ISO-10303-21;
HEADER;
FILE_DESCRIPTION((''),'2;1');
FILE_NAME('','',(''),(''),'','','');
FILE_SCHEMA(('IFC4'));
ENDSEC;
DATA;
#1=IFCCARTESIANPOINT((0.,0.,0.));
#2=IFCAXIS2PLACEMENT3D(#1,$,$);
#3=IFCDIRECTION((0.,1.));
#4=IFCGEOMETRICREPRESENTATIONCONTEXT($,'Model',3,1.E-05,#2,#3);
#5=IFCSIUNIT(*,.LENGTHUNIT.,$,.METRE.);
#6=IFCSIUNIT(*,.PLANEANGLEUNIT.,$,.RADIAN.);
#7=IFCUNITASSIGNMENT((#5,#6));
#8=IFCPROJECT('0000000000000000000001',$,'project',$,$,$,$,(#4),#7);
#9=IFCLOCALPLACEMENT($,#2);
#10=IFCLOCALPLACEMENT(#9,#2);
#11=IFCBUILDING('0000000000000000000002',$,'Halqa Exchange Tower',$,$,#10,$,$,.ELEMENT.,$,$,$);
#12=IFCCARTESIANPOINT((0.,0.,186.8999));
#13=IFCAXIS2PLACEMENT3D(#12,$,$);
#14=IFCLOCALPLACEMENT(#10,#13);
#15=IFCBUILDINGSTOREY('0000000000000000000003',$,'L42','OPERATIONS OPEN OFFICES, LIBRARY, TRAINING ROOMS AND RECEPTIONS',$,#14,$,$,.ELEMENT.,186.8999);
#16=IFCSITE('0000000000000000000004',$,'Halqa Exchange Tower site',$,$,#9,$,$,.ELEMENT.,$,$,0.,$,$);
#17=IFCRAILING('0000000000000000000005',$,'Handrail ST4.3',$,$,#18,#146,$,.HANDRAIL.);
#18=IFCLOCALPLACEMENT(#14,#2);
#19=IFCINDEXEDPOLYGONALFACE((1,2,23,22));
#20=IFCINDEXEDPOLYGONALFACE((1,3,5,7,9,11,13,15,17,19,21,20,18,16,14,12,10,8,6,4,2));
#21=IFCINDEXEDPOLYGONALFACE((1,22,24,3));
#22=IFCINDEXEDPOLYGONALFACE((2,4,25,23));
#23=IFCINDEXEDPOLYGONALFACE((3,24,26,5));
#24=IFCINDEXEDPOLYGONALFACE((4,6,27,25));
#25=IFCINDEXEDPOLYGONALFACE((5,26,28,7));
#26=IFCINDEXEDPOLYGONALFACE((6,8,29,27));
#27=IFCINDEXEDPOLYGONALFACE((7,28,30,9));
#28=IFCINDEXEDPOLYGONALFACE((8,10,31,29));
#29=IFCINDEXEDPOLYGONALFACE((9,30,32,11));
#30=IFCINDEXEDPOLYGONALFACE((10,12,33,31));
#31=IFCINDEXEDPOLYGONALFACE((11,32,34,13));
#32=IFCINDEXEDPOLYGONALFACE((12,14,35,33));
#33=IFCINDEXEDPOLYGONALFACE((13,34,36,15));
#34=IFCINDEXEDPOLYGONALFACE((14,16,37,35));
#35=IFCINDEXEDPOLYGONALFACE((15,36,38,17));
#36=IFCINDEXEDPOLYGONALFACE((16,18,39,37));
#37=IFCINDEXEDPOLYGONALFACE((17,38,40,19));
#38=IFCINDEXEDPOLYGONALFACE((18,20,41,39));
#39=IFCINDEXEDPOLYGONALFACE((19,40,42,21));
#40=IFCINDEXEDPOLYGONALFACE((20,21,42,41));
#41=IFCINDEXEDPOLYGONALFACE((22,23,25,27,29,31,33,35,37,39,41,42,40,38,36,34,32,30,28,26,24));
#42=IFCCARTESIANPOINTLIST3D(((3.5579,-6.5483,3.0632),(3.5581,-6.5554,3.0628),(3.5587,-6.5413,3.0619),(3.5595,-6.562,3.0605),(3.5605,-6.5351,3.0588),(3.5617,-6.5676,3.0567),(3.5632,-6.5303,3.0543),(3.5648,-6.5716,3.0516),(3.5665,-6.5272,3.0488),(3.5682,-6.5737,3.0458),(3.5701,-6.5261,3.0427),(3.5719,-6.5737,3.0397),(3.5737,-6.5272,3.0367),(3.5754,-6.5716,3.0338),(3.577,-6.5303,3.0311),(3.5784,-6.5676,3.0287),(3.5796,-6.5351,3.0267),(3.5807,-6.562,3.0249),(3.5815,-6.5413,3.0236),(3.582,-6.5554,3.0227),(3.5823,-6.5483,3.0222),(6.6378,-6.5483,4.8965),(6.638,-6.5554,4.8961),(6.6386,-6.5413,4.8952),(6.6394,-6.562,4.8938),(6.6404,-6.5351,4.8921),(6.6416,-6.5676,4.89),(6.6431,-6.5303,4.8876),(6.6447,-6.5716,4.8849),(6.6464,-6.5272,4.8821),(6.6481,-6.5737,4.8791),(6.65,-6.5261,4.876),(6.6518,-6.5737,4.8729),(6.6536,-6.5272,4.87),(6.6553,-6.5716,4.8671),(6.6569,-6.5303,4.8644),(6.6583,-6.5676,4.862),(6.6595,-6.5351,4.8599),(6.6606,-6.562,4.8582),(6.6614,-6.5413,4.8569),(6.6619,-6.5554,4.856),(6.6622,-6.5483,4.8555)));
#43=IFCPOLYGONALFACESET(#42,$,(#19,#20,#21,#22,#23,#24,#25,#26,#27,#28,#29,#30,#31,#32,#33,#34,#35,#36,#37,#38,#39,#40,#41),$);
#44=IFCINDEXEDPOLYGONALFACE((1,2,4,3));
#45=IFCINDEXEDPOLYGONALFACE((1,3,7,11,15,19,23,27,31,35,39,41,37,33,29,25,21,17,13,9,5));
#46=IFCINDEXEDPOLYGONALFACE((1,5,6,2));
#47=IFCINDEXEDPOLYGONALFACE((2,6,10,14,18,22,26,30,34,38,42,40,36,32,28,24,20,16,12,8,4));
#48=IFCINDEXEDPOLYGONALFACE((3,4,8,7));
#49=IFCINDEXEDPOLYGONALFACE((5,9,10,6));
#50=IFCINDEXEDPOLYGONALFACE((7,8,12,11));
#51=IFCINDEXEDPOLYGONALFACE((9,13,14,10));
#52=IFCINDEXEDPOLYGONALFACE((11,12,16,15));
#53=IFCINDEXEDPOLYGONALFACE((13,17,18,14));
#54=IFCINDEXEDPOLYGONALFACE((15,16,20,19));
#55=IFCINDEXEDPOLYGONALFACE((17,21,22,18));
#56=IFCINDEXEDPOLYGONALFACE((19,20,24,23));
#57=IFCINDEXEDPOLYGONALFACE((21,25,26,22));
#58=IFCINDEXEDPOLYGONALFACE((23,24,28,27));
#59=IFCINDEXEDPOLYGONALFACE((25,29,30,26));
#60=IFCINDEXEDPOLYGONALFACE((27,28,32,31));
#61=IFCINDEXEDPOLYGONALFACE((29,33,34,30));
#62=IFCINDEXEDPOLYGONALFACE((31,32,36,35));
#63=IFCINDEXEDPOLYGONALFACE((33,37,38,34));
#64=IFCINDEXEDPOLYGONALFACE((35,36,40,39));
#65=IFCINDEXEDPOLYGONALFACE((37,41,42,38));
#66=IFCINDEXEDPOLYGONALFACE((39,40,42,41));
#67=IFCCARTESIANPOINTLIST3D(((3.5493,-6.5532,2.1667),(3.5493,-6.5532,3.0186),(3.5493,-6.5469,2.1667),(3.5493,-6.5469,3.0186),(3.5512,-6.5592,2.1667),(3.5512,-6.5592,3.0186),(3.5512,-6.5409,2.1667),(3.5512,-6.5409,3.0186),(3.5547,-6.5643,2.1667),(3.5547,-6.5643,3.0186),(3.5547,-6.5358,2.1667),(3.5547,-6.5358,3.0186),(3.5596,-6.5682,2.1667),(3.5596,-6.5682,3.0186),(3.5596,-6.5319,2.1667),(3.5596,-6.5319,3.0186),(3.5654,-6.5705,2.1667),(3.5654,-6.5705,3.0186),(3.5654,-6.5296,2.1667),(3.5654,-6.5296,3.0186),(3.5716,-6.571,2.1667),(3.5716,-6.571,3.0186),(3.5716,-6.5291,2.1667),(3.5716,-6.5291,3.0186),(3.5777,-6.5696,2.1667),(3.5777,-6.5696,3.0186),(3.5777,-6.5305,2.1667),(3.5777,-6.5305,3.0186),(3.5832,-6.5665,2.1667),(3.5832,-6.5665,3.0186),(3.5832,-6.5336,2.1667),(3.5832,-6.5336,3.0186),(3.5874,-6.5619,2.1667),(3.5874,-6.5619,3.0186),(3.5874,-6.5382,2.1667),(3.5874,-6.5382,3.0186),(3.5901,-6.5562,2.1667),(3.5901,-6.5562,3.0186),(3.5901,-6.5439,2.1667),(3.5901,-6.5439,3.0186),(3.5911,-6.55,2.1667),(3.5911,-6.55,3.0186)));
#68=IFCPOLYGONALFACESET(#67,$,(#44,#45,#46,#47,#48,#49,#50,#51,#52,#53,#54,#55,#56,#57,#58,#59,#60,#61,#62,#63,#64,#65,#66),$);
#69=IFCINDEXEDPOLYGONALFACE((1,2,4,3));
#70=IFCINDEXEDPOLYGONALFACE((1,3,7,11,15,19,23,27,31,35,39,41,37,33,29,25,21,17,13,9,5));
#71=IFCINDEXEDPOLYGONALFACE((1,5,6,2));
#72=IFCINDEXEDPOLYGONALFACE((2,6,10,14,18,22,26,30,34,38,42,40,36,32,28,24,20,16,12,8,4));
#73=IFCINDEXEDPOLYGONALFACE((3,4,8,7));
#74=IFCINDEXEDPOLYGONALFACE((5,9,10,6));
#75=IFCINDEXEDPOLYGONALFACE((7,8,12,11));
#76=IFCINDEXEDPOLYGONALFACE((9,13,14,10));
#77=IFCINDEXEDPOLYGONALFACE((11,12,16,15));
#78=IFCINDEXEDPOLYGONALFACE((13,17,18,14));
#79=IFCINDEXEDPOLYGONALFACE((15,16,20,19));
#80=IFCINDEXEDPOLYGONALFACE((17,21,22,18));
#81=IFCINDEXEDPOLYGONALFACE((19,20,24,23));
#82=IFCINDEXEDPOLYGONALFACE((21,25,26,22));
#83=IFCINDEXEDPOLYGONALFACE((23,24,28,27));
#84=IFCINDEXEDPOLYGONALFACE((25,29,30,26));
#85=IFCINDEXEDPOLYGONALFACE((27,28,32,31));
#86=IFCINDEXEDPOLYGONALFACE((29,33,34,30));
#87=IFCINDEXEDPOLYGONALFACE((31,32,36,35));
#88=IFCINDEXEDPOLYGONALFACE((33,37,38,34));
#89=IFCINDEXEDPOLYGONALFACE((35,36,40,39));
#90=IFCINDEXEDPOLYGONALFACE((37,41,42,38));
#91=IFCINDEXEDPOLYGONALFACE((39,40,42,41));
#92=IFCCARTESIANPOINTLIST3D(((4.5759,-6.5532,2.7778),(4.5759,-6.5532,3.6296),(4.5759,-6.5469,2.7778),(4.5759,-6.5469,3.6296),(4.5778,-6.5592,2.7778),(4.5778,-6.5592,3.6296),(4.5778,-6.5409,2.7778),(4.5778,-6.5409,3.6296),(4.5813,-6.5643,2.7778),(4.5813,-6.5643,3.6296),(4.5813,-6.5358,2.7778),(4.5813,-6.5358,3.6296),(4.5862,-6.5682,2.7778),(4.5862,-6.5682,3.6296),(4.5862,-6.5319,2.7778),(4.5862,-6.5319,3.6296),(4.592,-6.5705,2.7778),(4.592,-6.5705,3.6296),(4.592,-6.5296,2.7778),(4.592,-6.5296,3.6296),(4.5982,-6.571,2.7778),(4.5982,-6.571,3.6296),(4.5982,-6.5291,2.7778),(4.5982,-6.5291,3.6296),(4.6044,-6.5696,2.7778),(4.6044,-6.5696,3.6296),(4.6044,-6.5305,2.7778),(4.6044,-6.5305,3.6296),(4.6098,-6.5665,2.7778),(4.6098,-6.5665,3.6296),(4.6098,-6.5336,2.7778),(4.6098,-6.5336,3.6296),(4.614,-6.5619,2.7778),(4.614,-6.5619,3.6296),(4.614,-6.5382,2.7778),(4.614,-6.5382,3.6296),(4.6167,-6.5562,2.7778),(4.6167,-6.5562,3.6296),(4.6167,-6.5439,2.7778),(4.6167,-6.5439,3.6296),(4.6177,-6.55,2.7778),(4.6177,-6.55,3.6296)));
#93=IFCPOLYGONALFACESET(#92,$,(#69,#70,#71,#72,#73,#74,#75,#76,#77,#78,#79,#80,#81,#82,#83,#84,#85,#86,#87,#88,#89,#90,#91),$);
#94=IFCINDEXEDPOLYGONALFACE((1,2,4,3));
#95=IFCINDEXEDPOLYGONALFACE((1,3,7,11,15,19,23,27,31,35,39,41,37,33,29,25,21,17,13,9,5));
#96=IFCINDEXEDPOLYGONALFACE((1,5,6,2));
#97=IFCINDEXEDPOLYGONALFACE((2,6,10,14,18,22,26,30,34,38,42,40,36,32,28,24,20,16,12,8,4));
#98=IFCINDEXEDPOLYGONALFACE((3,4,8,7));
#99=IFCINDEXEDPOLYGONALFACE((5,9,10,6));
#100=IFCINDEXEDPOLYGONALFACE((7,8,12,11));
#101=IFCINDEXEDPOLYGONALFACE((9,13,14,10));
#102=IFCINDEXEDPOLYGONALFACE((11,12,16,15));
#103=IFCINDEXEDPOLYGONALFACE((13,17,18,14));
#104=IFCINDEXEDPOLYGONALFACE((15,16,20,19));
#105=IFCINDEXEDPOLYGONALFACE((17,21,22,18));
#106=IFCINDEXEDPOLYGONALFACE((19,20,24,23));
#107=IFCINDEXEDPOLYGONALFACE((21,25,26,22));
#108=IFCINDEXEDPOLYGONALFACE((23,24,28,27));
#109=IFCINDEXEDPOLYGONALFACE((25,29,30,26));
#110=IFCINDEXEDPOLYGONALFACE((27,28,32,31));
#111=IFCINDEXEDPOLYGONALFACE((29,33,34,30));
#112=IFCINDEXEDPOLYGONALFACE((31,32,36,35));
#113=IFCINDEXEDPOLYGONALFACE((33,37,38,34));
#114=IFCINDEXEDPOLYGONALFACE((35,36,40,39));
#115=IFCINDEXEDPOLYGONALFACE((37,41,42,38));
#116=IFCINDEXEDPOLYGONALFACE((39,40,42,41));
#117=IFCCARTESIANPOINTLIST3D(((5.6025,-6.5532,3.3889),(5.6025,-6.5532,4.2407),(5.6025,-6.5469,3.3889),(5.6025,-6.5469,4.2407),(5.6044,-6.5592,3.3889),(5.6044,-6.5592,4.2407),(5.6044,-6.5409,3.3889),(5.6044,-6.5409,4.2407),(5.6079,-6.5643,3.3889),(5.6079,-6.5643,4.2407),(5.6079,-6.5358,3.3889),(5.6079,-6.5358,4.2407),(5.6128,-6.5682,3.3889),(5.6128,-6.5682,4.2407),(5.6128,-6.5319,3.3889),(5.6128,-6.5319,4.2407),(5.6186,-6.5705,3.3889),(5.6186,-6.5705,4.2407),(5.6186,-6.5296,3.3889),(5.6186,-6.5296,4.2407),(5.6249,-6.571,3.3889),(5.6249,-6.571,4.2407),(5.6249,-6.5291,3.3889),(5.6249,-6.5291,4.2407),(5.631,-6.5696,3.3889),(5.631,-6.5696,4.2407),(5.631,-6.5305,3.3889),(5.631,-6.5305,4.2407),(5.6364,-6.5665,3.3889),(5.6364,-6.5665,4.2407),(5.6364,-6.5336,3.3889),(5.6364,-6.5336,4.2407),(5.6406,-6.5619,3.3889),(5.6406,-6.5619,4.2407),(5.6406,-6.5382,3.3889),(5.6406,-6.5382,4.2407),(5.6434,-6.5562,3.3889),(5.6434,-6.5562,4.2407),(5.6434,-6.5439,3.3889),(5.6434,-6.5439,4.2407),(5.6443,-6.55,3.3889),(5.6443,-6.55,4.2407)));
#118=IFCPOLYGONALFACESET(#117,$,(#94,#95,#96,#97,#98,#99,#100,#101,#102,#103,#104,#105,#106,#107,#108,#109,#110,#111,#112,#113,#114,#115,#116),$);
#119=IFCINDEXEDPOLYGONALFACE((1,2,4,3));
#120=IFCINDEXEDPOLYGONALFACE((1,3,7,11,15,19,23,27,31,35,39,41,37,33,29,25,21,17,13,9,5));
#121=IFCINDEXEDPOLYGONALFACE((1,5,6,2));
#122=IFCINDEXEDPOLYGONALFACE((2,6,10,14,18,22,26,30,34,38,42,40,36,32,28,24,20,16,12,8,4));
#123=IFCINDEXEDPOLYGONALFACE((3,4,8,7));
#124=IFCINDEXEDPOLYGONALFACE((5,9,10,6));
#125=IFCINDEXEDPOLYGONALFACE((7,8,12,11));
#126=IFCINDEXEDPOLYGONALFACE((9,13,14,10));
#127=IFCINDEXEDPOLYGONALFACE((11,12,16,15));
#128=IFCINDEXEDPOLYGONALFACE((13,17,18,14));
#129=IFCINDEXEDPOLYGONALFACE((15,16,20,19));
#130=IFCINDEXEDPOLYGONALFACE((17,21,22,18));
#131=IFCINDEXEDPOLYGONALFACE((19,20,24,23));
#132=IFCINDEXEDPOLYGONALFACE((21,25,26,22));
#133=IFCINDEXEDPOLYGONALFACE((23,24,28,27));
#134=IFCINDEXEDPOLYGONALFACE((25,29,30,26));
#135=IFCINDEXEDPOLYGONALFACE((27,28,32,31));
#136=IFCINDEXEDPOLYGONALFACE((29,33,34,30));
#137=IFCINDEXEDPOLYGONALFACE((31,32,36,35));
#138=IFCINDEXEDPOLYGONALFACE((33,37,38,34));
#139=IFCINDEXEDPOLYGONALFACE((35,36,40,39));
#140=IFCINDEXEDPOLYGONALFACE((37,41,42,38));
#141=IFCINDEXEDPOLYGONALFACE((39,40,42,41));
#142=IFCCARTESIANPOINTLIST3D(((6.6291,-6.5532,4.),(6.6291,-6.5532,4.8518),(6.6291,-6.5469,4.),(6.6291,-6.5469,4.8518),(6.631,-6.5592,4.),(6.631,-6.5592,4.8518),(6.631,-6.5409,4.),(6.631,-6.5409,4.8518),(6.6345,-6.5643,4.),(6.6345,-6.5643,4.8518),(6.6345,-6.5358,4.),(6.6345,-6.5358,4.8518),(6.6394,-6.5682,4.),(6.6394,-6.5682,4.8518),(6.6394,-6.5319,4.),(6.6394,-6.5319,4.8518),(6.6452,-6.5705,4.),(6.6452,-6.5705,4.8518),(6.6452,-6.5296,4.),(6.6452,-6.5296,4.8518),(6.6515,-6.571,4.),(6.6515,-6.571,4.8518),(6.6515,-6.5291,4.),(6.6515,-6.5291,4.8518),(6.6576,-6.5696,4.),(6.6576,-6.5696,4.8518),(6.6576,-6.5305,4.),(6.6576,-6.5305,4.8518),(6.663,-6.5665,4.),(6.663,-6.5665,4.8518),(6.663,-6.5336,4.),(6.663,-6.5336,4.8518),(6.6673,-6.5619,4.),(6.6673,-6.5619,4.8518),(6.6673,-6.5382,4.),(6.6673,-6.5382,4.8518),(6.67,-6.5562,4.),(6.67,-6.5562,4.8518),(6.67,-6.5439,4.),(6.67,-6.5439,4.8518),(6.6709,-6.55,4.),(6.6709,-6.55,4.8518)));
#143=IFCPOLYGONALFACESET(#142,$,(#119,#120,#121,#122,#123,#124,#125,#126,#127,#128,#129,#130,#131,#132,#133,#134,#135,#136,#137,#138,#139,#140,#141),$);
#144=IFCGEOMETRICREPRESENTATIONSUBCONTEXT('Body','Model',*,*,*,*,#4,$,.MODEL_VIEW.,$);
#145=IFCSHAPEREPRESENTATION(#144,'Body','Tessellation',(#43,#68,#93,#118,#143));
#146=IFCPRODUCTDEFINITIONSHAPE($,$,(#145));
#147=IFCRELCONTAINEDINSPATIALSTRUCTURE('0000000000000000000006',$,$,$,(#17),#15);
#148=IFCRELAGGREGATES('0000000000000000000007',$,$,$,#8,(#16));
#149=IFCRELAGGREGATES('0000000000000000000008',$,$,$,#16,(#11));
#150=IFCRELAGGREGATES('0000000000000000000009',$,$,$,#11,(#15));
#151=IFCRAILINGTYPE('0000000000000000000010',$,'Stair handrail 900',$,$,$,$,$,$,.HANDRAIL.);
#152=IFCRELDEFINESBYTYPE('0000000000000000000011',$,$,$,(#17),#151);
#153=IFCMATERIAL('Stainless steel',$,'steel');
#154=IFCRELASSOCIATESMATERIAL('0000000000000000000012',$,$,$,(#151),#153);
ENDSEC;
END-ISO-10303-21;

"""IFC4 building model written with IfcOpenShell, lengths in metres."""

from ifc_helpers import new_model, si_unit, direction, frame, origin, origin_2d, place, context, subcontext, project, spatial, circle, extrude, material, type_object, element, save


model = new_model("IFC4")

# Units and contexts
model_context = context("Model", 3, precision=1e-05, world=origin(), true_north=direction((0.0, 1.0)))
body_context = subcontext(model_context, "Body", "Model", "MODEL_VIEW")
ifc_project = project(units=[si_unit("LENGTHUNIT", "METRE"), si_unit("PLANEANGLEUNIT", "RADIAN")], contexts=[model_context])

# Site, building, storey
site_placement = place(None, origin())
site = spatial("IfcSite", under=ifc_project, at=site_placement, Name="Halqa Exchange Tower site", CompositionType="ELEMENT", RefElevation=0.0)
building_placement = place(site_placement, origin())
building = spatial("IfcBuilding", under=site, at=building_placement, Name="Halqa Exchange Tower", CompositionType="ELEMENT")
storey_placement = place(building_placement, frame((0.0, 0.0, 186.8999)))
storey = spatial("IfcBuildingStorey", under=building, at=storey_placement, Name="L42", Description="OPERATIONS OPEN OFFICES, LIBRARY, TRAINING ROOMS AND RECEPTIONS", CompositionType="ELEMENT", Elevation=186.8999)

# Railing
ifc_material_1 = material(Name="Stainless steel", Category="steel")
railing_type_1 = type_object("IfcRailingType", Name="Stair handrail 900", PredefinedType="HANDRAIL", material=ifc_material_1)
railing_1_placement = place(storey_placement, frame((3.5701, -6.55, 2.1667)))
element("IfcRailing", 1, at=railing_1_placement, inside=storey, type_object=railing_type_1, Name="Handrail ST4.3", PredefinedType="HANDRAIL", context=body_context, shape_type="SweptSolid", body=[
    extrude(circle(Radius=0.0239, at=origin_2d()), frame((0.0, 0.0, 0.876), z_axis=(0.859291, 0.0, 0.511487), x_axis=(0.0, 1.0, 0.0)), (0.0, 0.0, 1.0), 3.5842),
    extrude(circle(Radius=0.021, at=origin_2d()), origin(), (0.0, 0.0, 1.0), 0.8518),
    extrude(circle(Radius=0.021, at=origin_2d()), frame((1.0266, 0.0, 0.6111)), (0.0, 0.0, 1.0), 0.8518),
    extrude(circle(Radius=0.021, at=origin_2d()), frame((2.0532, 0.0, 1.2222)), (0.0, 0.0, 1.0), 0.8518),
    extrude(circle(Radius=0.021, at=origin_2d()), frame((3.0798, 0.0, 1.8333)), (0.0, 0.0, 1.0), 0.8518),
])

save(model, "model.ifc")
